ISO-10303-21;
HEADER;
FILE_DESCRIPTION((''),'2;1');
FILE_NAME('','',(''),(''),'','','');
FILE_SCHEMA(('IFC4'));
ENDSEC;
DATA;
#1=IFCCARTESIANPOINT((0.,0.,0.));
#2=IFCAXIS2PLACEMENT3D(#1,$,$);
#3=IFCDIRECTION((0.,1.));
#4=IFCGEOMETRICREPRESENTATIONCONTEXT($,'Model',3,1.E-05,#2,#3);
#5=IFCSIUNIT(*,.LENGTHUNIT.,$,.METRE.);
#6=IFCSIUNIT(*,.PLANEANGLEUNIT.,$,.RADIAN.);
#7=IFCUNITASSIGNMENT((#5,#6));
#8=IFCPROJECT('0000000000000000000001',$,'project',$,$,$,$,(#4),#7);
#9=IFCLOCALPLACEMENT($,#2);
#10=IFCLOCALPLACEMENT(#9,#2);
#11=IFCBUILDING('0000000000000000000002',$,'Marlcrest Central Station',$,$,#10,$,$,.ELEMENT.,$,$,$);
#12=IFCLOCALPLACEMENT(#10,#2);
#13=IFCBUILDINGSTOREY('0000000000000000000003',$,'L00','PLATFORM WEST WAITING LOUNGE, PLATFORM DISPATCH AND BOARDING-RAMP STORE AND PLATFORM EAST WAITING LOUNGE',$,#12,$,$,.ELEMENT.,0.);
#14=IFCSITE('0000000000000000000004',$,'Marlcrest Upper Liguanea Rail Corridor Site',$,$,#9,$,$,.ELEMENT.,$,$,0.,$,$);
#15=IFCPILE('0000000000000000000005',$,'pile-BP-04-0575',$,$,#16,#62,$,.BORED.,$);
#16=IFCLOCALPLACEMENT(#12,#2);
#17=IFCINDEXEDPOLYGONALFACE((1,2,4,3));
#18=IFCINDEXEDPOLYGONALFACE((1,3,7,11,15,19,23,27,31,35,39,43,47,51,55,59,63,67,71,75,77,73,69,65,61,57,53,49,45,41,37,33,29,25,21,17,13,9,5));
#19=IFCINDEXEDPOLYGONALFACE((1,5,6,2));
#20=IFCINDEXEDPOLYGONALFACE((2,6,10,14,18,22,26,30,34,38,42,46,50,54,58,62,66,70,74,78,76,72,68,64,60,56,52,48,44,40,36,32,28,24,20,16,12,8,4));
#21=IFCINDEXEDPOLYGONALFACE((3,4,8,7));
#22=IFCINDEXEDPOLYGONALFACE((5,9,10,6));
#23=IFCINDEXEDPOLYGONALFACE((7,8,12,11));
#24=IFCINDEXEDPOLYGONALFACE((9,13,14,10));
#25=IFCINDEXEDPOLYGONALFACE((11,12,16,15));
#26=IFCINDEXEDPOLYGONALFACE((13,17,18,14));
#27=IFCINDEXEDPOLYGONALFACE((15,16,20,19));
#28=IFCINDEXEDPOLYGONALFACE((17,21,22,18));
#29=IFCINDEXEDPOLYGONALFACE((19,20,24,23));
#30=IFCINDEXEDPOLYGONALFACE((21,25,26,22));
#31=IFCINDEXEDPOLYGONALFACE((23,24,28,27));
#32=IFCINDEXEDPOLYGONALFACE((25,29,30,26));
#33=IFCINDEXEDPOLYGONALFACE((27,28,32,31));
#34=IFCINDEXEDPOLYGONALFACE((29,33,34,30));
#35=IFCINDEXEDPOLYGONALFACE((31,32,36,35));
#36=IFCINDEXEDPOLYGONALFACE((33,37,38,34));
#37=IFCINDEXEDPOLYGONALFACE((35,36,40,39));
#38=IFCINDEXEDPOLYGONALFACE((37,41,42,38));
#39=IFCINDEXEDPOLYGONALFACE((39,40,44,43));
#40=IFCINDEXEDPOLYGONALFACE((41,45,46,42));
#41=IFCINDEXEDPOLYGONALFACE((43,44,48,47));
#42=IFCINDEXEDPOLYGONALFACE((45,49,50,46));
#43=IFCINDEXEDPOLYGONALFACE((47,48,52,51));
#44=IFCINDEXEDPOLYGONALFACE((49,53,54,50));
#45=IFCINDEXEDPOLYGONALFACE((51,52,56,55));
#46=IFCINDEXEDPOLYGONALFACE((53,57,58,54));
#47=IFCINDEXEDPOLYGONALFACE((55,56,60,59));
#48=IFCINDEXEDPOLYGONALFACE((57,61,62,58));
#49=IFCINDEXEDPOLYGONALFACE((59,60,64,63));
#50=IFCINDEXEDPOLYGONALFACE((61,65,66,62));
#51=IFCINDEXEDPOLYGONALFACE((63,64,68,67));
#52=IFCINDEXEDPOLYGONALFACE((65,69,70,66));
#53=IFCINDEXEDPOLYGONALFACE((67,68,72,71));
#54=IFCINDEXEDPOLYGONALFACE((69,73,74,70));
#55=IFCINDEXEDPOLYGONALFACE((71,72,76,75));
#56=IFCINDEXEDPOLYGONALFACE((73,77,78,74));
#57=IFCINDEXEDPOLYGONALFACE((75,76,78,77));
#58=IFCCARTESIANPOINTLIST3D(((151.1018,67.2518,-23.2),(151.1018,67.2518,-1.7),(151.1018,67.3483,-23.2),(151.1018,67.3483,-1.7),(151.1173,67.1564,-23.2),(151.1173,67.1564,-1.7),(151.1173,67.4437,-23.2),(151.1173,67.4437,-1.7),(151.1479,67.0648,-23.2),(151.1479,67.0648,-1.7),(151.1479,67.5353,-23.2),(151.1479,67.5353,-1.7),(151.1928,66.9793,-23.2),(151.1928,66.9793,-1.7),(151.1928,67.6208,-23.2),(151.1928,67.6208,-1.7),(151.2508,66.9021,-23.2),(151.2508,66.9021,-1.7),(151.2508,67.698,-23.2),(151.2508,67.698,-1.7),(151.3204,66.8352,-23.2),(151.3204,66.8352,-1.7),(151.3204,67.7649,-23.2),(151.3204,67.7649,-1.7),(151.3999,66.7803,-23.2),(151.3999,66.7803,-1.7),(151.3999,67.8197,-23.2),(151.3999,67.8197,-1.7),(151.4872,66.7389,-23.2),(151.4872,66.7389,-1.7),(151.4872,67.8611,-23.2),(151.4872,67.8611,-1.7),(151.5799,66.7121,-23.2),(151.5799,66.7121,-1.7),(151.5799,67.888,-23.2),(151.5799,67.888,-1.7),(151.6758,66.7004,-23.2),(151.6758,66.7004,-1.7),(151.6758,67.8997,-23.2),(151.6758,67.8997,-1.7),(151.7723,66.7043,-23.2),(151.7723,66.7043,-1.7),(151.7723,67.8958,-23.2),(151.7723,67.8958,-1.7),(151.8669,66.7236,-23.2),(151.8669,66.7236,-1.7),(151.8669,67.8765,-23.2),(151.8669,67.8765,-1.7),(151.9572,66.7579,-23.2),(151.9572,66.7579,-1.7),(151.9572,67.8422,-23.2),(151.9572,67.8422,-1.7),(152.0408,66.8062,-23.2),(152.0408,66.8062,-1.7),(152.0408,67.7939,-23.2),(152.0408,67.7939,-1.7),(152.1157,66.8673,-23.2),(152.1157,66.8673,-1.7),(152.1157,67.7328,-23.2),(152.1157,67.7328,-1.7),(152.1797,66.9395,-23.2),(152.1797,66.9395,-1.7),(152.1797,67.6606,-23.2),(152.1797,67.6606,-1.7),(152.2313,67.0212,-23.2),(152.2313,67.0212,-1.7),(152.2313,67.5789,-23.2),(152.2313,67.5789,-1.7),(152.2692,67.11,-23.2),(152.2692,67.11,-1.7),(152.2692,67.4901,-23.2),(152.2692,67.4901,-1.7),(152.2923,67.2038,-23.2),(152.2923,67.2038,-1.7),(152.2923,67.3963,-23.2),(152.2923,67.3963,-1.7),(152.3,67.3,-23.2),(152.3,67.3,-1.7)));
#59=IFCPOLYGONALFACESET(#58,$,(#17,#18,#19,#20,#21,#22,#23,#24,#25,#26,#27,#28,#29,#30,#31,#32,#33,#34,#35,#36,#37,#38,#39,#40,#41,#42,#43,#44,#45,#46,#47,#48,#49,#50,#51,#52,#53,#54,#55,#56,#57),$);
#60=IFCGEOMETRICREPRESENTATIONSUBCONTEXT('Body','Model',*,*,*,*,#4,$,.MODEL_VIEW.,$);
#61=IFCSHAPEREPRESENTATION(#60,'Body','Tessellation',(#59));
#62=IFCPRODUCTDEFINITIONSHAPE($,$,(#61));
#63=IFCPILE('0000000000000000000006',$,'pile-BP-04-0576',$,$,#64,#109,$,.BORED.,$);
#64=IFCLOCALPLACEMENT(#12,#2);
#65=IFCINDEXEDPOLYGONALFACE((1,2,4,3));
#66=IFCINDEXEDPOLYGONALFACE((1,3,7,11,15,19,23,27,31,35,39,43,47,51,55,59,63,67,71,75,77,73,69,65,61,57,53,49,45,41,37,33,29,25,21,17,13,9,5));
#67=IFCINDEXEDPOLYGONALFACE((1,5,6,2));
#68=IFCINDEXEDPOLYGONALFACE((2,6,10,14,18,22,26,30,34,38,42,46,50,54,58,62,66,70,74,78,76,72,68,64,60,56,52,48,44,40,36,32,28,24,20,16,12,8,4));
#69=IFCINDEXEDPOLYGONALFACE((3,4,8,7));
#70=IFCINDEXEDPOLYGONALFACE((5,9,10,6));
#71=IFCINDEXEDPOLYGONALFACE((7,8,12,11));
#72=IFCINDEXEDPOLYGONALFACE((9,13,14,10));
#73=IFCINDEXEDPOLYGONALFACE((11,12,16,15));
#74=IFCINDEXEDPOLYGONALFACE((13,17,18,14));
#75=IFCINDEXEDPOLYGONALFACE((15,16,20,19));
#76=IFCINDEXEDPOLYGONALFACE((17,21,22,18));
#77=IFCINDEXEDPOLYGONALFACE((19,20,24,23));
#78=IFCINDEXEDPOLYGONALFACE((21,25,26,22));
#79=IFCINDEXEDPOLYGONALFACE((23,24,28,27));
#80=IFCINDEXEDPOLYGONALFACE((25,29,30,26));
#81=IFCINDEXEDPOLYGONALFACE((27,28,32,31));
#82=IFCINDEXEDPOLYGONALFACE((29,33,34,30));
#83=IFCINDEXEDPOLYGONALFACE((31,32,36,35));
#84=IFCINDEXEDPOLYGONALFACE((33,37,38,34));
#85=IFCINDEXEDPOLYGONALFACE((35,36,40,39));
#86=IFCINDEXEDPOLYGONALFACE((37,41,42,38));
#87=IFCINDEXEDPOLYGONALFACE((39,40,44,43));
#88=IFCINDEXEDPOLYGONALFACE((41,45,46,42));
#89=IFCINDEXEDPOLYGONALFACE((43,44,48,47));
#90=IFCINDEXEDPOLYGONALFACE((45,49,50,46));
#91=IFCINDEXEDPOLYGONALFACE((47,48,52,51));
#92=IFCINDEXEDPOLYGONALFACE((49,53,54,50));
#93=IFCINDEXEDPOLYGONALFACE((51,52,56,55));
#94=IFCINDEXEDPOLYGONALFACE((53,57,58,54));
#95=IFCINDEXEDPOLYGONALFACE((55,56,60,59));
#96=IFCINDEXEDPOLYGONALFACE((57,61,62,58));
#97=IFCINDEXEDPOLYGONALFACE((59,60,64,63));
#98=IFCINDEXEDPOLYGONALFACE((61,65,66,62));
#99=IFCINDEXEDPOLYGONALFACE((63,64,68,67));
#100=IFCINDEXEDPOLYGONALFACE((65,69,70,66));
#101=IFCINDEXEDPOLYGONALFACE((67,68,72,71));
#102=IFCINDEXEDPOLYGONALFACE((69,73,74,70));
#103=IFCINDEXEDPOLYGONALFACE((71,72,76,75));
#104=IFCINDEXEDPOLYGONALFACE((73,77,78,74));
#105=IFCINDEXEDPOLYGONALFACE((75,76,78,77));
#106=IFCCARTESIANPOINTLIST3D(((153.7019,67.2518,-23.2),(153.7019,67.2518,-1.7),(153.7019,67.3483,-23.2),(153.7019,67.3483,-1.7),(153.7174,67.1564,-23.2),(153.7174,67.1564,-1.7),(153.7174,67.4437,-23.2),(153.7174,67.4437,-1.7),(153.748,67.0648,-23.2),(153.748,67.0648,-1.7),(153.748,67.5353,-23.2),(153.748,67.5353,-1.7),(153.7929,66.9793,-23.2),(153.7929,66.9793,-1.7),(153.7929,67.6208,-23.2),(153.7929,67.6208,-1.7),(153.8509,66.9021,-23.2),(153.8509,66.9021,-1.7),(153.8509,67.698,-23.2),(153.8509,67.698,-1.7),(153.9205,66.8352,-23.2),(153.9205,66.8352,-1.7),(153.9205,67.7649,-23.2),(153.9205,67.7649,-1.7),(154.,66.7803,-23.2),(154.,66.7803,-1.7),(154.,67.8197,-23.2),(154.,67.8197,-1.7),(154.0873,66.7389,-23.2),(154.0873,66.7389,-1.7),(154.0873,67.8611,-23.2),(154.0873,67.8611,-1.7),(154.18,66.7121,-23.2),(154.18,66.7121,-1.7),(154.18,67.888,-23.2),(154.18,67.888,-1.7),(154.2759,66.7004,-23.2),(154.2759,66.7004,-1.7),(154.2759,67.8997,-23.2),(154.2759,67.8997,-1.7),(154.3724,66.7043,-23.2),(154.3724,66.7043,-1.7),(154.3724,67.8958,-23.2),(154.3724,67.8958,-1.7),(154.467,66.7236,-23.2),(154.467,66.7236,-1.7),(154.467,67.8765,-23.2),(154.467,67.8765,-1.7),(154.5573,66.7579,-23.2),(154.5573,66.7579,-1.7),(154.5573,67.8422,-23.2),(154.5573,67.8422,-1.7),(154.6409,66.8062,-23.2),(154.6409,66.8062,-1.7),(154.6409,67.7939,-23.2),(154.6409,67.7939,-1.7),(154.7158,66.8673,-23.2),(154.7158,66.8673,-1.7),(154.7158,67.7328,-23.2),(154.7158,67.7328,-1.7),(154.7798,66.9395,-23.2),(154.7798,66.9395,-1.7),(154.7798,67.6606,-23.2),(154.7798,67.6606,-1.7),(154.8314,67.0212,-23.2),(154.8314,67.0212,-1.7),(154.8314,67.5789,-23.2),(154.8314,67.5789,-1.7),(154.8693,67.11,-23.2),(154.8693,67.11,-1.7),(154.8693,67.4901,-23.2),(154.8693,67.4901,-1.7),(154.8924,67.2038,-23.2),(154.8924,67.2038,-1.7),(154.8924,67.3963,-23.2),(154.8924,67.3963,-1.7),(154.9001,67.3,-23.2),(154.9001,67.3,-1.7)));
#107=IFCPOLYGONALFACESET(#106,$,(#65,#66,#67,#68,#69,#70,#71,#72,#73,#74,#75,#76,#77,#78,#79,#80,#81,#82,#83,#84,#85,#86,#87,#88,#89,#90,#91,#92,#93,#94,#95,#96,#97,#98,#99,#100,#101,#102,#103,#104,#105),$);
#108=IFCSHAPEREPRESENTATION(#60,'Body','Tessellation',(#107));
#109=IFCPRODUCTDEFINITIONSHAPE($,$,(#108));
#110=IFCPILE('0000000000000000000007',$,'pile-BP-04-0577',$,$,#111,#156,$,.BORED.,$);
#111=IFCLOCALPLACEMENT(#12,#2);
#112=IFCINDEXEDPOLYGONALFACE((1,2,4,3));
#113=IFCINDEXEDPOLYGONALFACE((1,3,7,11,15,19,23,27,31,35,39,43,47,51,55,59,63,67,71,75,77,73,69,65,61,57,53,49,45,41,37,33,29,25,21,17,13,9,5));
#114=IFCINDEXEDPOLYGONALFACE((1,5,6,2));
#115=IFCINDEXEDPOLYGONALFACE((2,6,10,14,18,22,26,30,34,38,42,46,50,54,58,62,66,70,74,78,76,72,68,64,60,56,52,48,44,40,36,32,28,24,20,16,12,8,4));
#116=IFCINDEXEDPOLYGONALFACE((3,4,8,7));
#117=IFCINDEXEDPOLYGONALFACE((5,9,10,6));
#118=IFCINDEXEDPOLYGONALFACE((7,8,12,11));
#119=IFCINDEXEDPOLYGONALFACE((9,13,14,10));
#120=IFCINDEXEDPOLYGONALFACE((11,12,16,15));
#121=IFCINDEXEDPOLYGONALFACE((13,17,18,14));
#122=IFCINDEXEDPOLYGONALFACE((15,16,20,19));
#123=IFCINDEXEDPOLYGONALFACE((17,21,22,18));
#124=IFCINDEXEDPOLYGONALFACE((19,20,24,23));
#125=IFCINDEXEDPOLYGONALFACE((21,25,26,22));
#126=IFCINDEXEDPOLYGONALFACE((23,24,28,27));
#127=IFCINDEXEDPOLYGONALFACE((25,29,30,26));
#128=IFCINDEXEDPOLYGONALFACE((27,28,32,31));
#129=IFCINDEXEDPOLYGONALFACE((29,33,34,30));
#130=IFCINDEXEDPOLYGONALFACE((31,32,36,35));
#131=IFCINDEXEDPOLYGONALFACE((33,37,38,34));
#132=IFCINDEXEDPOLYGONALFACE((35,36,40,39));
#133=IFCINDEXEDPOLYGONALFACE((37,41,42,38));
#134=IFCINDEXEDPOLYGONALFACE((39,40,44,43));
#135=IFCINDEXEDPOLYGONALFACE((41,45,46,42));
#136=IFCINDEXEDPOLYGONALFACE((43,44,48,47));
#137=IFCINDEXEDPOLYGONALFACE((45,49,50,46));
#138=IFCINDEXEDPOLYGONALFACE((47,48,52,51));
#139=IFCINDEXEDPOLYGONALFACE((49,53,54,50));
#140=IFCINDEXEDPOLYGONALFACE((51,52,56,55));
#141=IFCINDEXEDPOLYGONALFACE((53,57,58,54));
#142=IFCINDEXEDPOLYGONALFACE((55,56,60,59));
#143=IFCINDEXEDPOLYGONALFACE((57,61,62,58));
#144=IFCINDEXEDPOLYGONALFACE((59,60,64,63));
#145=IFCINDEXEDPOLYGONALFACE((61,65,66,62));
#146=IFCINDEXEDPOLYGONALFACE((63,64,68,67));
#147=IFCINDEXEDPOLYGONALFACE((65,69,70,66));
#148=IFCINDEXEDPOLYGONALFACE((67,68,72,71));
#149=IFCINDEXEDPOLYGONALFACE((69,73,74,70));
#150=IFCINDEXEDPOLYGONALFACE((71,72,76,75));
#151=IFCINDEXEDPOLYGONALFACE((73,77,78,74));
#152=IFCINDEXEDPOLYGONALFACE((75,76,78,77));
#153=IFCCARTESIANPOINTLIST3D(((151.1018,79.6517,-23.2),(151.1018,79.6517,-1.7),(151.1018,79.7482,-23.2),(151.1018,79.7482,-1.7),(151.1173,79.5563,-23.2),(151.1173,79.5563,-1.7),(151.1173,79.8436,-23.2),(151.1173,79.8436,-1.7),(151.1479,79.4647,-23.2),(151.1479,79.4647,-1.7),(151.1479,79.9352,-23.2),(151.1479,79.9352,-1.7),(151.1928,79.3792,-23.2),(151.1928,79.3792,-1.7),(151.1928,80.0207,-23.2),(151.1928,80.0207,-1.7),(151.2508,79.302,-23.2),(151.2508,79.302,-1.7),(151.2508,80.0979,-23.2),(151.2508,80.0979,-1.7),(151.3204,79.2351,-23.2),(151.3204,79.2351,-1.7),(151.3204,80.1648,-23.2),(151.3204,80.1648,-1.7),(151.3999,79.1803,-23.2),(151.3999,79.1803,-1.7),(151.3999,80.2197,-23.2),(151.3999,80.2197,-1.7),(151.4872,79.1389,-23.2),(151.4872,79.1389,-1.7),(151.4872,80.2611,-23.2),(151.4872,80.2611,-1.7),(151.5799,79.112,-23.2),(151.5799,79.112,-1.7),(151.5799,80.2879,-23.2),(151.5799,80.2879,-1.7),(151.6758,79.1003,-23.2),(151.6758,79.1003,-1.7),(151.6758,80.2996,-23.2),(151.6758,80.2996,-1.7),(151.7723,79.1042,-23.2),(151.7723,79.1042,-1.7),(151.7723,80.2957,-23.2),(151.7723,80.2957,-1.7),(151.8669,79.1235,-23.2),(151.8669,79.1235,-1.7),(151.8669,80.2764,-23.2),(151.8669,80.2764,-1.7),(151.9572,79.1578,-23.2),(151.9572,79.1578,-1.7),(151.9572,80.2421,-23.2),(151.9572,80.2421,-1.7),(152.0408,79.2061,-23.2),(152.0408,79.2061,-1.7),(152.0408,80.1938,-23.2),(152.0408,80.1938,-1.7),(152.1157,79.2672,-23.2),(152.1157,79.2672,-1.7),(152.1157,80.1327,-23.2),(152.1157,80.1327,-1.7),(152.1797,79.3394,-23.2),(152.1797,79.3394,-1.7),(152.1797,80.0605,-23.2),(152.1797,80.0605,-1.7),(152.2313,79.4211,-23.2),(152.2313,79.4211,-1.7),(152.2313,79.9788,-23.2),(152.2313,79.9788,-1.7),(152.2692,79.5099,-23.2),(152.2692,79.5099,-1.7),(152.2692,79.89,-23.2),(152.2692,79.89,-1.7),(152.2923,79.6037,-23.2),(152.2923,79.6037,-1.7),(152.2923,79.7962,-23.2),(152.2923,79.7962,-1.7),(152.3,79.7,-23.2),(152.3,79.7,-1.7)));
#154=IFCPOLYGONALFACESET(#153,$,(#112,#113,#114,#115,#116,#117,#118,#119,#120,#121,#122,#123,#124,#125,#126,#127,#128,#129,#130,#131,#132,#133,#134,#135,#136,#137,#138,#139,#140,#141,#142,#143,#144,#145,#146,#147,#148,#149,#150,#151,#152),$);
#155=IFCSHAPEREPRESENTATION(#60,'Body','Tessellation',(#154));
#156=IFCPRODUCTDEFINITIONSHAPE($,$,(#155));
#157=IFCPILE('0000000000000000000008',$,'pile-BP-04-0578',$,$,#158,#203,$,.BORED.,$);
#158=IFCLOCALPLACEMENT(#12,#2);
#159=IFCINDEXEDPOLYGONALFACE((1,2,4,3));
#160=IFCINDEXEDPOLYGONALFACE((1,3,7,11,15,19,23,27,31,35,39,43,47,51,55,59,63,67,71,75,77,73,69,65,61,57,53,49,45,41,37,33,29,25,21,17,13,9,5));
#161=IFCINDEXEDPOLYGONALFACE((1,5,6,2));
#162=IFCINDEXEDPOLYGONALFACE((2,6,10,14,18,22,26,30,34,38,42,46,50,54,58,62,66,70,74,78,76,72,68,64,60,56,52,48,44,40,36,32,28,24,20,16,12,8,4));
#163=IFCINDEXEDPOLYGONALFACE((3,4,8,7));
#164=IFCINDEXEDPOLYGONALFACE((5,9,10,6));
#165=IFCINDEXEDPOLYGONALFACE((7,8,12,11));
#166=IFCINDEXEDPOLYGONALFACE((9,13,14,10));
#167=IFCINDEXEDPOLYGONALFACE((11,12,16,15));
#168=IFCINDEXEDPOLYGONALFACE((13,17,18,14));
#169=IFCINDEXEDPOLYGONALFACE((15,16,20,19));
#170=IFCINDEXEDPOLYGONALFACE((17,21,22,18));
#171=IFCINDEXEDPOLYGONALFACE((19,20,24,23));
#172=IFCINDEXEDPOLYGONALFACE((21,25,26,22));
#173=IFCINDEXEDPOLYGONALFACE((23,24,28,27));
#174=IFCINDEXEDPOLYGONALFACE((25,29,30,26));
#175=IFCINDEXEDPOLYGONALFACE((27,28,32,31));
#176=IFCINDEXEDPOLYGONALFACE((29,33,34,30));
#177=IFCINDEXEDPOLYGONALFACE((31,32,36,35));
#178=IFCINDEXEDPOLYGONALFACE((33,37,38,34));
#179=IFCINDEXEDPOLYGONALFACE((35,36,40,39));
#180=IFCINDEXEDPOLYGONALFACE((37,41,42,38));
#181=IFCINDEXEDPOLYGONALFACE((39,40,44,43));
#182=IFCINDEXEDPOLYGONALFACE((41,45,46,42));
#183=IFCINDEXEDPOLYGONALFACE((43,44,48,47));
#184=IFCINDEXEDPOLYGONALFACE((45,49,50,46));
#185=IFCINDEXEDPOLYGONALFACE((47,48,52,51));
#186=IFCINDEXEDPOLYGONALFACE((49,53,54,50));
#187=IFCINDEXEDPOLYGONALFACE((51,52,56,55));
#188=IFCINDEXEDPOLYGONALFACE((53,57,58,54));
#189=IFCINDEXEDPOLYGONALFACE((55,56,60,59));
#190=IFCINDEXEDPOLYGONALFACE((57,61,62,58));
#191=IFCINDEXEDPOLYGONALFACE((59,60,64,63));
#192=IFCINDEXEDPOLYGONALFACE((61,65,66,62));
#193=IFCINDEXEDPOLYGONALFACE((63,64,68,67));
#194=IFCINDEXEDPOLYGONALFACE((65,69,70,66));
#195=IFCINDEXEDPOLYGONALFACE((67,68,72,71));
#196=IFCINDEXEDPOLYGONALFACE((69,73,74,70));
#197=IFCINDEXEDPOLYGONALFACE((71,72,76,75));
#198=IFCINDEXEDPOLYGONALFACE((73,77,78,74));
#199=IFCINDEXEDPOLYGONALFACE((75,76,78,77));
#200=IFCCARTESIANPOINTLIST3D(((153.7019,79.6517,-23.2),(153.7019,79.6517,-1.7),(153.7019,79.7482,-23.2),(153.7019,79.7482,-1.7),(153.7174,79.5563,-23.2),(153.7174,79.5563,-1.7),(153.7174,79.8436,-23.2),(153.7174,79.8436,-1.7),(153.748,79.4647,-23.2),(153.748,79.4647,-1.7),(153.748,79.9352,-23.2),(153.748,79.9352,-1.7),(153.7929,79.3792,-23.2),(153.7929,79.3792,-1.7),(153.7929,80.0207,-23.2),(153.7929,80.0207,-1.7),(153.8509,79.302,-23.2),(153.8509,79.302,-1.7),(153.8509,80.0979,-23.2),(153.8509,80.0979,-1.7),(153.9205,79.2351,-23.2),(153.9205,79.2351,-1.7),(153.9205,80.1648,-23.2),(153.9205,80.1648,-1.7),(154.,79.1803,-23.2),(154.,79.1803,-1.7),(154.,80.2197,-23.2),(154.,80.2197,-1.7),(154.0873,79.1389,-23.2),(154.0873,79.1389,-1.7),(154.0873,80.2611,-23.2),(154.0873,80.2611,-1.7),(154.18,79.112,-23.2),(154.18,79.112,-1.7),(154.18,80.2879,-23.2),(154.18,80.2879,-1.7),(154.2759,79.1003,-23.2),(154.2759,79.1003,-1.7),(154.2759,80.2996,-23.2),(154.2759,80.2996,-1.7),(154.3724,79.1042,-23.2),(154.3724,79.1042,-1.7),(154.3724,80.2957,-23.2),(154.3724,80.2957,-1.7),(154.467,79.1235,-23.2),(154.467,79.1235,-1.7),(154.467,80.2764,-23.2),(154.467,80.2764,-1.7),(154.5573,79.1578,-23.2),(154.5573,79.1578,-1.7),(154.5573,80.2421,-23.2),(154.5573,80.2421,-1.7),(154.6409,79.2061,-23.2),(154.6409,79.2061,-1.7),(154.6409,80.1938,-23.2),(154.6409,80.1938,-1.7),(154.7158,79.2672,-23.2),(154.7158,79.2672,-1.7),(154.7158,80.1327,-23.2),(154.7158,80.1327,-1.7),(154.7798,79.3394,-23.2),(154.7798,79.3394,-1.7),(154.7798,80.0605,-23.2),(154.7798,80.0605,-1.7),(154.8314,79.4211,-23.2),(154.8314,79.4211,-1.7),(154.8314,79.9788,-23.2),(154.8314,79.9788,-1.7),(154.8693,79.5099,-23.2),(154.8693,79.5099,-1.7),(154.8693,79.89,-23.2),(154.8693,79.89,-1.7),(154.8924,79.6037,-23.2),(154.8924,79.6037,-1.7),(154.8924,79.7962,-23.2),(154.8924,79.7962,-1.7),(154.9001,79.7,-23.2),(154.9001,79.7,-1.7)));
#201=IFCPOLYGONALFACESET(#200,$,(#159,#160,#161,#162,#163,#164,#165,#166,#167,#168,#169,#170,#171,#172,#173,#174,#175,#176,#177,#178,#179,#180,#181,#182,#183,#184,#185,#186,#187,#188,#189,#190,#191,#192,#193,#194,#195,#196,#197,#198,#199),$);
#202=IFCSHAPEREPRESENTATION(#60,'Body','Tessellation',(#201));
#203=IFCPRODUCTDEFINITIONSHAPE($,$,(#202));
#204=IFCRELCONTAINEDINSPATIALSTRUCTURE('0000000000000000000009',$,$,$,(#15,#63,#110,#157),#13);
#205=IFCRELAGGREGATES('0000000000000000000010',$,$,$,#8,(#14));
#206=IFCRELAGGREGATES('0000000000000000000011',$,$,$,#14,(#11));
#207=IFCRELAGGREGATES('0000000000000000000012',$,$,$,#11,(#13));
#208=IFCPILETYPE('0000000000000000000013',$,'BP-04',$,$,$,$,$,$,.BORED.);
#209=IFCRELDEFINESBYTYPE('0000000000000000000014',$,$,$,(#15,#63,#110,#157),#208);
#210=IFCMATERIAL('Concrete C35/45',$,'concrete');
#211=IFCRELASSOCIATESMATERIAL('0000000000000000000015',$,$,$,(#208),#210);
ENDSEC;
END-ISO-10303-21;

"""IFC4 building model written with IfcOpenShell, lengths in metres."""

from ifc_helpers import new_model, si_unit, direction, frame, origin, origin_2d, place, context, subcontext, project, spatial, circle, extrude, material, material_profile, profile_set, type_object, element, save


model = new_model("IFC4")

# Units and contexts
model_context = context("Model", 3, precision=1e-05, world=origin(), true_north=direction((0.0, 1.0)))
body_context = subcontext(model_context, "Body", "Model", "MODEL_VIEW")
ifc_project = project(units=[si_unit("LENGTHUNIT", "METRE"), si_unit("PLANEANGLEUNIT", "RADIAN")], contexts=[model_context])

# Site, building, storey
site_placement = place(None, origin())
site = spatial("IfcSite", under=ifc_project, at=site_placement, Name="Marlcrest Upper Liguanea Rail Corridor Site", CompositionType="ELEMENT", RefElevation=0.0)
building_placement = place(site_placement, origin())
building = spatial("IfcBuilding", under=site, at=building_placement, Name="Marlcrest Central Station", CompositionType="ELEMENT")
storey_placement = place(building_placement, origin())
storey = spatial("IfcBuildingStorey", under=building, at=storey_placement, Name="L00", Description="PLATFORM WEST WAITING LOUNGE, PLATFORM DISPATCH AND BOARDING-RAMP STORE AND PLATFORM EAST WAITING LOUNGE", CompositionType="ELEMENT", Elevation=0.0)

# Piles
ifc_material_1 = material(Name="Concrete C35/45", Category="concrete")
ifc_material_profile_1 = material_profile(ifc_material_1, circle(Radius=0.6001, at=origin_2d()), Name="PILE D1200")
ifc_profile_set_1 = profile_set([ifc_material_profile_1], Name="Concrete C35/45")
pile_type = type_object("IfcPileType", Name="BP-04", PredefinedType="BORED", material=ifc_profile_set_1)
for number, where, z_axis, x_axis, name in (
    (1, (151.7, 67.3, -1.7), (0.0, 0.0, -1.0), (1.0, 0.0, 0.0), "pile-BP-04-0575"),
    (2, (154.3, 67.3, -1.7), (0.0, 0.0, -1.0), (1.0, 0.0, 0.0), "pile-BP-04-0576"),
    (3, (151.7, 79.7, -1.7), (0.0, 0.0, -1.0), (1.0, 0.0, 0.0), "pile-BP-04-0577"),
    (4, (154.3, 79.7, -1.7), (0.0, 0.0, -1.0), (1.0, 0.0, 0.0), "pile-BP-04-0578"),
):
    element("IfcPile", number, at=place(storey_placement, frame(where, z_axis=z_axis, x_axis=x_axis)), inside=storey, type_object=pile_type, Name=name, PredefinedType="BORED", context=body_context, shape_type="SweptSolid", body=[
        extrude(circle(Radius=0.6001, at=origin_2d()), origin(), (0.0, 0.0, 1.0), 21.5),
    ])

save(model, "model.ifc")
